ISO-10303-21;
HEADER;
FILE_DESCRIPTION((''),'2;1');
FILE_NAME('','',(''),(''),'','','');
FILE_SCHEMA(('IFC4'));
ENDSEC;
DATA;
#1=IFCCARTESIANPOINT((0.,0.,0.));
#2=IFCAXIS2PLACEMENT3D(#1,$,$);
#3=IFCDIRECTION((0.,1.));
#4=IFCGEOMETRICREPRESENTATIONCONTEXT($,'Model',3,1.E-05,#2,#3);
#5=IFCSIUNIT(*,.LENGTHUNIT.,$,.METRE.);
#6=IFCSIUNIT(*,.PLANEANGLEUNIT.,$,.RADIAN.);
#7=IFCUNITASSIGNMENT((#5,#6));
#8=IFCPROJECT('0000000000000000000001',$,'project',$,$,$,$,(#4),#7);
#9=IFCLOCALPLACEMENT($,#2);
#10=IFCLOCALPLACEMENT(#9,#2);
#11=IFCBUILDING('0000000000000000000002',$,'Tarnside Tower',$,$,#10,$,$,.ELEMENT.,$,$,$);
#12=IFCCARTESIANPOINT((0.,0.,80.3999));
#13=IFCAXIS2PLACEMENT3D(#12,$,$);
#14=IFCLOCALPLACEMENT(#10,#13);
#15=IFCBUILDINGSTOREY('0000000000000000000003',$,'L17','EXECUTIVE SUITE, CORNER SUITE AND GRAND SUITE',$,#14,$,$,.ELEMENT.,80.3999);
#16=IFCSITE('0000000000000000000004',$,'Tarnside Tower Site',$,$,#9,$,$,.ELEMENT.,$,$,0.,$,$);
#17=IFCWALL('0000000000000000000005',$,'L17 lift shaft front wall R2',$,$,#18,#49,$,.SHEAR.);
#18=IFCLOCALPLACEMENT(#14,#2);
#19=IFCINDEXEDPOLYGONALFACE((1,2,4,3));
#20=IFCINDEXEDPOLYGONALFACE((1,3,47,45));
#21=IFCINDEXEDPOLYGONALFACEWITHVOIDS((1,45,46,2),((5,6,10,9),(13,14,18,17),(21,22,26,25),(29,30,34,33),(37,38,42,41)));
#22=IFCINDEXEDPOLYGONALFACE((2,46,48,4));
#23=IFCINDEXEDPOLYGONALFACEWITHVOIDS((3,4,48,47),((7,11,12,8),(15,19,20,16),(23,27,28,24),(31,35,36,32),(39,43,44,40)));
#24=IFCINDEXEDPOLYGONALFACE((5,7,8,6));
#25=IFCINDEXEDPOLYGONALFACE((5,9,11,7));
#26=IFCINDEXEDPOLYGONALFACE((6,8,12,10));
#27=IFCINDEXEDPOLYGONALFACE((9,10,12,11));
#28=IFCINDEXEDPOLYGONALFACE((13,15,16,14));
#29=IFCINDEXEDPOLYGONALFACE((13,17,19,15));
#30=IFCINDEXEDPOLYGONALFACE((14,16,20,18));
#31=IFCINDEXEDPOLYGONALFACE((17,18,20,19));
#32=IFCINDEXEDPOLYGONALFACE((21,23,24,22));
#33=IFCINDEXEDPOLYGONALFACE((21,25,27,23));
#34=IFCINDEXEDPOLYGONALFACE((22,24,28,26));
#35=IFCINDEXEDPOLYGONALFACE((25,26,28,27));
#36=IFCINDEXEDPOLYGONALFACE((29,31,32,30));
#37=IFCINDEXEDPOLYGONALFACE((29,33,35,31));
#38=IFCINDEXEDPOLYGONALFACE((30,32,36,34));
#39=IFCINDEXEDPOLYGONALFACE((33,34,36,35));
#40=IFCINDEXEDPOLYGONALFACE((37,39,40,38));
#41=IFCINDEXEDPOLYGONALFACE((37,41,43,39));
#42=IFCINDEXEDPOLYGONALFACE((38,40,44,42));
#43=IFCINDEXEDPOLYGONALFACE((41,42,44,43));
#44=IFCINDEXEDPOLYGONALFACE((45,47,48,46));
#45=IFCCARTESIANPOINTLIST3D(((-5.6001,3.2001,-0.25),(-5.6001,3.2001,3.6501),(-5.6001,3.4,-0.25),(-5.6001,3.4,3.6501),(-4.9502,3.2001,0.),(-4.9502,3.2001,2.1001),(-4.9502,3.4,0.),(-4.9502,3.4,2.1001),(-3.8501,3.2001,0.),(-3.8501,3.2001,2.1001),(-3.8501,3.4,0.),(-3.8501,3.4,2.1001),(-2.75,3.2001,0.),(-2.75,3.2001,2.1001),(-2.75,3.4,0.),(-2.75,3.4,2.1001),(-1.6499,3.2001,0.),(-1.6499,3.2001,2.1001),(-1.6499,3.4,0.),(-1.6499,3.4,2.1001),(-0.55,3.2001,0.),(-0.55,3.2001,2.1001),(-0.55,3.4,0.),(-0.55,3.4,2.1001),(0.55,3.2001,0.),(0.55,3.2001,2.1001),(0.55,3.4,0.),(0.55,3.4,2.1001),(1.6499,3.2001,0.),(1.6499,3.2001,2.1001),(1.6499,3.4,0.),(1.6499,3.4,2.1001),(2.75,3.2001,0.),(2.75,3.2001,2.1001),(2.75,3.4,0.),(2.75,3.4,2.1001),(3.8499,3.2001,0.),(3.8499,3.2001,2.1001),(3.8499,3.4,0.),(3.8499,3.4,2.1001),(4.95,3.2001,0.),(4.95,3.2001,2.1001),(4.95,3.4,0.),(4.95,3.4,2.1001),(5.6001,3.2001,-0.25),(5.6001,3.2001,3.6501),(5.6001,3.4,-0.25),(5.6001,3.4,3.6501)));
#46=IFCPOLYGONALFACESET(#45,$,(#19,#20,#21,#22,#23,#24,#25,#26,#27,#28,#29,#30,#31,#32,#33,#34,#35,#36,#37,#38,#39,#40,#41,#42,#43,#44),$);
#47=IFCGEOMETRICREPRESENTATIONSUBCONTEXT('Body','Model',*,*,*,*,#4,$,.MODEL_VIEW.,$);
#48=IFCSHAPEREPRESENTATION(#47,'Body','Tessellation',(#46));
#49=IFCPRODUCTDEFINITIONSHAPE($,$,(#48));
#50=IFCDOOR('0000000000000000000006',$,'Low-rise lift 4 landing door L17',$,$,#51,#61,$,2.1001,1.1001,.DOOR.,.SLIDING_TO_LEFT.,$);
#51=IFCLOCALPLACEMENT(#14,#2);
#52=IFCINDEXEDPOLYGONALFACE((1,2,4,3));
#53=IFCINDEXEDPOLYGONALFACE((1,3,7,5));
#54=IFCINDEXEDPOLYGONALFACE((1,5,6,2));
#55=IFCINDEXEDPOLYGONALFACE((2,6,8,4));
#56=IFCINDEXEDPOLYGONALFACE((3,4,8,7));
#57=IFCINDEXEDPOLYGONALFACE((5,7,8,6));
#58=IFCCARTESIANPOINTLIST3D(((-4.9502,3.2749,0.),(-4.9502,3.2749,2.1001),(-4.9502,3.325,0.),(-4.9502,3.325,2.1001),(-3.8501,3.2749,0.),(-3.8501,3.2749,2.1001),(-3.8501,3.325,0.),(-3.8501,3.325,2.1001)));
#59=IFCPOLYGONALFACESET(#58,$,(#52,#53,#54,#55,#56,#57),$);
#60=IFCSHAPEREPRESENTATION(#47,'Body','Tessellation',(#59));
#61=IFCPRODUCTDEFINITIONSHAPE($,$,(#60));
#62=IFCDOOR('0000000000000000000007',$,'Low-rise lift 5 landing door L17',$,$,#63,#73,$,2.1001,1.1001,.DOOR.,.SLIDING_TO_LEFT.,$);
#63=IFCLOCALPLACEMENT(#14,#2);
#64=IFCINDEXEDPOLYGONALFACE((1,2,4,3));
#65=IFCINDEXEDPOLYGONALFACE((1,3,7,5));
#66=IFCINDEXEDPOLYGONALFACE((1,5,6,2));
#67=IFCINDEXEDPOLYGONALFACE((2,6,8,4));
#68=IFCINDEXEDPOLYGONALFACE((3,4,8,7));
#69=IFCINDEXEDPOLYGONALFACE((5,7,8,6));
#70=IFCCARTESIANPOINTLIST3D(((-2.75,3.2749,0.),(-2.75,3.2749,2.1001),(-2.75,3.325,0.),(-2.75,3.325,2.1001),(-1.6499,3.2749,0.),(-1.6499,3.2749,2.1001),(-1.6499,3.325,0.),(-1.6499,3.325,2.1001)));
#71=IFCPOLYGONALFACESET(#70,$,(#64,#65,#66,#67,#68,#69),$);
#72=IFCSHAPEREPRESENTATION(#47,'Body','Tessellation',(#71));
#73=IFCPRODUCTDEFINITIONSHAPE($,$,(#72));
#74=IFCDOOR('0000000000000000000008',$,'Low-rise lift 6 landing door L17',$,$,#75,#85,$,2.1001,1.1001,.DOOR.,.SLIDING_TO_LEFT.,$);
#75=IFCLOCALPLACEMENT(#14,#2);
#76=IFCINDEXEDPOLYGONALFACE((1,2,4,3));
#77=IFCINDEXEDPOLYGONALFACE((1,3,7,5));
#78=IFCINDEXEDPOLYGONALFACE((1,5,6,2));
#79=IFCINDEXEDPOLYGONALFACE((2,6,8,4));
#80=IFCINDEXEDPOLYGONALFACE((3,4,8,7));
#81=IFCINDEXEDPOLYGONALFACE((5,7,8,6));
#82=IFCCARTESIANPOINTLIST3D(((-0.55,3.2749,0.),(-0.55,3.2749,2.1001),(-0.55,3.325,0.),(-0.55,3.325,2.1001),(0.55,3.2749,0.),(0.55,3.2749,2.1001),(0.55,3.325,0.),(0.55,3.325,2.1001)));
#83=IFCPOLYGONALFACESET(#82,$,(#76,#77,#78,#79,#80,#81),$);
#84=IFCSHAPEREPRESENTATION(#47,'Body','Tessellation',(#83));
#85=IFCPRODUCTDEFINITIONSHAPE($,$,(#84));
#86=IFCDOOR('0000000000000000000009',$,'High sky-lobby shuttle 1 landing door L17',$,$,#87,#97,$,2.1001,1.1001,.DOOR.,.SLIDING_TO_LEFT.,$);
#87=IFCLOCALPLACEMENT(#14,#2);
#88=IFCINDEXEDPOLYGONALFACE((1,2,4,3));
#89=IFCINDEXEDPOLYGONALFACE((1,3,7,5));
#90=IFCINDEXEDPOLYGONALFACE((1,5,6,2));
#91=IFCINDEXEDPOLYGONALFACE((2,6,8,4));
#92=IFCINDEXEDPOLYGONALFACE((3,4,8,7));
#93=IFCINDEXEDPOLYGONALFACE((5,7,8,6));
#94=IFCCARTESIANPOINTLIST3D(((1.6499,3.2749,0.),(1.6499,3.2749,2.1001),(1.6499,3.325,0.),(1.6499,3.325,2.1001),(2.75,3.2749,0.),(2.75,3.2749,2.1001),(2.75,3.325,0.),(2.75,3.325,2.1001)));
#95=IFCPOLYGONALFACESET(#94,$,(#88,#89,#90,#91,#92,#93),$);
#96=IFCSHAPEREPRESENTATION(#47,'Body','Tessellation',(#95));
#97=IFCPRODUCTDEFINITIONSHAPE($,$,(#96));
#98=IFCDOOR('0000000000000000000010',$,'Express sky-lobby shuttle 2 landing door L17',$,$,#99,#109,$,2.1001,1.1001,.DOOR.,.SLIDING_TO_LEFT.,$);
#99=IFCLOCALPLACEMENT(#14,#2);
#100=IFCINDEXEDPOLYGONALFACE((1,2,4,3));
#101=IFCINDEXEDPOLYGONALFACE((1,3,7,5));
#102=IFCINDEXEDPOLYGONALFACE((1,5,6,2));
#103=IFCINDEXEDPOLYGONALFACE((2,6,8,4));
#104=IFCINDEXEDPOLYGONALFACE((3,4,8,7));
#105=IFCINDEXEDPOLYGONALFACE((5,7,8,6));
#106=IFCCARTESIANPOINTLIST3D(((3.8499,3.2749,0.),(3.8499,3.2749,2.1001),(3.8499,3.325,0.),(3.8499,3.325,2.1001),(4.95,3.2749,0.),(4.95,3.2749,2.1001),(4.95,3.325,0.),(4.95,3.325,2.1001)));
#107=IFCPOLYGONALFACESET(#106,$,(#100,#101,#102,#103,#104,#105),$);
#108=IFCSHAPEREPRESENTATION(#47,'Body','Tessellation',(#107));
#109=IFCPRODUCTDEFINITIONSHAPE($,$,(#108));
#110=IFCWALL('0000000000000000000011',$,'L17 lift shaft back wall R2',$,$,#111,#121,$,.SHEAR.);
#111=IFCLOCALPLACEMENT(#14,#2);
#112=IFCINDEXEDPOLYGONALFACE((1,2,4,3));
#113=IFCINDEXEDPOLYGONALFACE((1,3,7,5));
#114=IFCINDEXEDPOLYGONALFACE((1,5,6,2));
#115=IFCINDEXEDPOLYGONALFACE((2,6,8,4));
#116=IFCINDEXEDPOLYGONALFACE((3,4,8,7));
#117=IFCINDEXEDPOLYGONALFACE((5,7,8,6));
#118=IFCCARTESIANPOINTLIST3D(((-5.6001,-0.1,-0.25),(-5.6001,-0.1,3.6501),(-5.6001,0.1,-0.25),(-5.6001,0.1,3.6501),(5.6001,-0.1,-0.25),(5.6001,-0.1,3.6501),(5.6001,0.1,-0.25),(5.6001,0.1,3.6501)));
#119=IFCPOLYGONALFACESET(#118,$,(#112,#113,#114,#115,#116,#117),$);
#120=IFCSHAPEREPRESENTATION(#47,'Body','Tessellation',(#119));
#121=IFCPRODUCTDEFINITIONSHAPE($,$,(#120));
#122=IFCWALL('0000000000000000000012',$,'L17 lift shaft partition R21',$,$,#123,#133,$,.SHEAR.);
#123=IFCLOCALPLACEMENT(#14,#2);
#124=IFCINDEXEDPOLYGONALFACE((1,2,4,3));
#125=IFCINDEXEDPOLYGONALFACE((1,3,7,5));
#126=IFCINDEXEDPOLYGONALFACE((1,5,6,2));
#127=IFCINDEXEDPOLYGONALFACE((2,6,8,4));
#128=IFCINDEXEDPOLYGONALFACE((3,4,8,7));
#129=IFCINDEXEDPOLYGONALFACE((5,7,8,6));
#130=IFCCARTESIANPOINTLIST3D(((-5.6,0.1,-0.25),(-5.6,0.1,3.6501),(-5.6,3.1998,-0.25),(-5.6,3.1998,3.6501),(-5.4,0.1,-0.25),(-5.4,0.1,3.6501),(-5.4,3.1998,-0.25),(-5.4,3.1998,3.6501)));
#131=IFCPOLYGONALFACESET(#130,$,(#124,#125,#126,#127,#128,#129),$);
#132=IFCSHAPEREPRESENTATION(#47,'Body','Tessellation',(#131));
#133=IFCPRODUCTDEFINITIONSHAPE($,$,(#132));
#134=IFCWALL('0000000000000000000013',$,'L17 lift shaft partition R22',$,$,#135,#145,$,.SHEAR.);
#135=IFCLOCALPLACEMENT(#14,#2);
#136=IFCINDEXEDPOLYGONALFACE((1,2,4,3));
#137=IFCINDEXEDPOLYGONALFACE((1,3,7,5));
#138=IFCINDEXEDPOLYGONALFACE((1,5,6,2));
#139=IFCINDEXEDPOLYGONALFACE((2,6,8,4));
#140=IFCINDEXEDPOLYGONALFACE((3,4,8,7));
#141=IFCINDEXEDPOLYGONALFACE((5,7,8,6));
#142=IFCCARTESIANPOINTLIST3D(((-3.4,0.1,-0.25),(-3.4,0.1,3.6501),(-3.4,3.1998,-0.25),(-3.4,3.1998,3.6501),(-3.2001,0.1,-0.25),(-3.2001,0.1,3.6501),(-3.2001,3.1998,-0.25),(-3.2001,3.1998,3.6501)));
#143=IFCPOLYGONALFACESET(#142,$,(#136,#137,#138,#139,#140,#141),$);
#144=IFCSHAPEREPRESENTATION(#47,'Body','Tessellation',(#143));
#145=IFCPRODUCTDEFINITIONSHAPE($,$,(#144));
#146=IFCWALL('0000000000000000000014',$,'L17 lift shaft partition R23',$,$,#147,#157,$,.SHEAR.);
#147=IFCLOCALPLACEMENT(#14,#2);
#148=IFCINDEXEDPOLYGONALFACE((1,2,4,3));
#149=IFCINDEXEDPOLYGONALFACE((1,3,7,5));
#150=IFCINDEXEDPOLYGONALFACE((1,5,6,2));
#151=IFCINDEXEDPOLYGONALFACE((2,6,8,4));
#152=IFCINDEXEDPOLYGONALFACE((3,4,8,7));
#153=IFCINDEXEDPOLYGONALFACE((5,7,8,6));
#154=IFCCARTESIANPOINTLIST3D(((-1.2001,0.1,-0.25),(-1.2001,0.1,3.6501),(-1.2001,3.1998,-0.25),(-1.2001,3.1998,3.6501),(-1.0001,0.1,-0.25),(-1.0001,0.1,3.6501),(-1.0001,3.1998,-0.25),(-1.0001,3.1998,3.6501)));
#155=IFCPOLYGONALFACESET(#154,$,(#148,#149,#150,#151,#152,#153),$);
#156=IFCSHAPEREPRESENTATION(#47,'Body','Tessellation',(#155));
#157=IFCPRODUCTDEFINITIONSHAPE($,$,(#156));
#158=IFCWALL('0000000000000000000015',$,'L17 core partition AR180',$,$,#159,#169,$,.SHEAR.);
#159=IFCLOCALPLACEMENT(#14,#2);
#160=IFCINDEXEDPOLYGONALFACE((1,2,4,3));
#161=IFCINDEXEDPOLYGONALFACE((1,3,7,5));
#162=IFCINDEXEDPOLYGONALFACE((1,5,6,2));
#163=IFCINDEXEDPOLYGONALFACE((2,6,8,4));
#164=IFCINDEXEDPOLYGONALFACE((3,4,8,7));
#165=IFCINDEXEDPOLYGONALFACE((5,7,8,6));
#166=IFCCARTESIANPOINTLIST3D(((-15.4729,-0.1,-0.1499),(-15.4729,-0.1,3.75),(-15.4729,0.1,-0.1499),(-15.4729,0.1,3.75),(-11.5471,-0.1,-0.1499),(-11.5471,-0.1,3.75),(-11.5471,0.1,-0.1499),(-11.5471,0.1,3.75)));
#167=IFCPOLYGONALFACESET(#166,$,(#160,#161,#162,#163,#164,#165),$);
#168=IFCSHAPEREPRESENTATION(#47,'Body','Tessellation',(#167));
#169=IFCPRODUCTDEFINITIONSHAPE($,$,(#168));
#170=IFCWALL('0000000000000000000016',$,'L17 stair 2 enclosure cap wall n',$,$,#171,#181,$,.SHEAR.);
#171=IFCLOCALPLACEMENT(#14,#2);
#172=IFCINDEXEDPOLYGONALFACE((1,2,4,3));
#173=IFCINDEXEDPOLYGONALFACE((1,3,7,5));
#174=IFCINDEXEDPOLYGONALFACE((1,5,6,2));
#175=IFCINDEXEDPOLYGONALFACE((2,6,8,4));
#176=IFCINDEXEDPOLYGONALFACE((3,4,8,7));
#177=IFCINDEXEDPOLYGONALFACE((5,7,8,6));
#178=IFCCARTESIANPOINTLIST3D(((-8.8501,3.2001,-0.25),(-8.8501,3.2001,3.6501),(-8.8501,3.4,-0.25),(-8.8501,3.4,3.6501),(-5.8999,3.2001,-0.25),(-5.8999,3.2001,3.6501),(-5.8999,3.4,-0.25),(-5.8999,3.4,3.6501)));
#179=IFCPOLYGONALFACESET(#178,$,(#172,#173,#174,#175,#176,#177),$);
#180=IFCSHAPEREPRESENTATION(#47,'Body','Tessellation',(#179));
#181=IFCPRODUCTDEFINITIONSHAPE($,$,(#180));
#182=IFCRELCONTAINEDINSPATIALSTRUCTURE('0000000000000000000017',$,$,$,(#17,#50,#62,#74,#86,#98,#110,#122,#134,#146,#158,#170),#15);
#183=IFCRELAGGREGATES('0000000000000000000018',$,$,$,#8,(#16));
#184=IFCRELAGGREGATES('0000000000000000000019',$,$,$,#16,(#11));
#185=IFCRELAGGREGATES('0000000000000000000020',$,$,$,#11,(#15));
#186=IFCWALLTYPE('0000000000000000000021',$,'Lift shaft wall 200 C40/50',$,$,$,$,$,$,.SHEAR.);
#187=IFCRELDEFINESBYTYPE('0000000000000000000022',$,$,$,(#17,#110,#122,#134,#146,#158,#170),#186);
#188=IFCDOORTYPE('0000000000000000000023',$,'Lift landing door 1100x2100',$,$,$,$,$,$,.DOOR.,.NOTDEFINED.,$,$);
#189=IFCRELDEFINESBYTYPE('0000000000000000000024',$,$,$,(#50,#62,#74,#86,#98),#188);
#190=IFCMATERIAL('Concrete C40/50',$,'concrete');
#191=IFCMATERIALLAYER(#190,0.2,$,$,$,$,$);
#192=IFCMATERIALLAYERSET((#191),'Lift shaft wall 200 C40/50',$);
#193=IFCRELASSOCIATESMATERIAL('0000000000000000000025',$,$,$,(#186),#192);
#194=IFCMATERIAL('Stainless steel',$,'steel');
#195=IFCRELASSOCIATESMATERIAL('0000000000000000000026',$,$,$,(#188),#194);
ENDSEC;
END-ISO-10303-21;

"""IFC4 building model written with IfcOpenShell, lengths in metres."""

from ifc_helpers import new_model, si_unit, direction, frame, frame_2d, origin, place, context, subcontext, project, spatial, rectangle, extrude, material, layer, layer_set, type_object, element, fill, save


model = new_model("IFC4")

# Units and contexts
model_context = context("Model", 3, precision=1e-05, world=origin(), true_north=direction((0.0, 1.0)))
body_context = subcontext(model_context, "Body", "Model", "MODEL_VIEW")
ifc_project = project(units=[si_unit("LENGTHUNIT", "METRE"), si_unit("PLANEANGLEUNIT", "RADIAN")], contexts=[model_context])

# Site, building, storey
site_placement = place(None, origin())
site = spatial("IfcSite", under=ifc_project, at=site_placement, Name="Tarnside Tower Site", CompositionType="ELEMENT", RefElevation=0.0)
building_placement = place(site_placement, origin())
building = spatial("IfcBuilding", under=site, at=building_placement, Name="Tarnside Tower", CompositionType="ELEMENT")
storey_placement = place(building_placement, frame((0.0, 0.0, 80.3999)))
storey = spatial("IfcBuildingStorey", under=building, at=storey_placement, Name="L17", Description="EXECUTIVE SUITE, CORNER SUITE AND GRAND SUITE", CompositionType="ELEMENT", Elevation=80.3999)

# Wall, openings, doors
ifc_material_1 = material(Name="Concrete C40/50", Category="concrete")
ifc_layer_1 = layer(ifc_material_1, 0.2)
ifc_layer_set_1 = layer_set([ifc_layer_1], Name="Lift shaft wall 200 C40/50")
wall_type_1 = type_object("IfcWallType", Name="Lift shaft wall 200 C40/50", PredefinedType="SHEAR", material=ifc_layer_set_1)
ifc_material_2 = material(Name="Stainless steel", Category="steel")
door_type_1 = type_object("IfcDoorType", Name="Lift landing door 1100x2100", OperationType="NOTDEFINED", PredefinedType="DOOR", material=ifc_material_2)
wall_1_placement = place(storey_placement, frame((-5.6001, 3.3, -0.25), z_axis=(0.0, 0.0, 1.0), x_axis=(1.0, 0.0, 0.0)))
wall_1 = element("IfcWall", 1, at=wall_1_placement, inside=storey, type_object=wall_type_1, Name="L17 lift shaft front wall R2", PredefinedType="SHEAR", context=body_context, shape_type="SweptSolid", body=[
    extrude(rectangle(XDim=11.2002, YDim=0.2, at=frame_2d((5.6001, 0.0))), origin(), (0.0, 0.0, 1.0), 3.9001),
])
opening_1_placement = place(wall_1_placement, frame((0.6499, 0.0, 0.25)))
opening_1 = element("IfcOpeningElement", 2, at=opening_1_placement, cuts=wall_1, PredefinedType="OPENING", context=body_context, shape_type="SweptSolid", body=[
    extrude(rectangle(XDim=1.1001, YDim=2.1001, at=frame_2d((0.55, 1.05))), frame((0.0, 0.1099, 0.0), z_axis=(0.0, -1.0, 0.0), x_axis=(1.0, 0.0, 0.0)), (0.0, 0.0, 1.0), 0.22),
])
opening_2_placement = place(wall_1_placement, frame((2.8501, 0.0, 0.25)))
opening_2 = element("IfcOpeningElement", 3, at=opening_2_placement, cuts=wall_1, PredefinedType="OPENING", context=body_context, shape_type="SweptSolid", body=[
    extrude(rectangle(XDim=1.1001, YDim=2.1001, at=frame_2d((0.55, 1.05))), frame((0.0, 0.1099, 0.0), z_axis=(0.0, -1.0, 0.0), x_axis=(1.0, 0.0, 0.0)), (0.0, 0.0, 1.0), 0.22),
])
opening_3_placement = place(wall_1_placement, frame((5.05, 0.0, 0.25)))
opening_3 = element("IfcOpeningElement", 4, at=opening_3_placement, cuts=wall_1, PredefinedType="OPENING", context=body_context, shape_type="SweptSolid", body=[
    extrude(rectangle(XDim=1.1001, YDim=2.1001, at=frame_2d((0.55, 1.05))), frame((0.0, 0.1099, 0.0), z_axis=(0.0, -1.0, 0.0), x_axis=(1.0, 0.0, 0.0)), (0.0, 0.0, 1.0), 0.22),
])
opening_4_placement = place(wall_1_placement, frame((7.25, 0.0, 0.25)))
opening_4 = element("IfcOpeningElement", 5, at=opening_4_placement, cuts=wall_1, PredefinedType="OPENING", context=body_context, shape_type="SweptSolid", body=[
    extrude(rectangle(XDim=1.1001, YDim=2.1001, at=frame_2d((0.55, 1.05))), frame((0.0, 0.1099, 0.0), z_axis=(0.0, -1.0, 0.0), x_axis=(1.0, 0.0, 0.0)), (0.0, 0.0, 1.0), 0.22),
])
opening_5_placement = place(wall_1_placement, frame((9.45, 0.0, 0.25)))
opening_5 = element("IfcOpeningElement", 6, at=opening_5_placement, cuts=wall_1, PredefinedType="OPENING", context=body_context, shape_type="SweptSolid", body=[
    extrude(rectangle(XDim=1.1001, YDim=2.1001, at=frame_2d((0.55, 1.05))), frame((0.0, 0.1099, 0.0), z_axis=(0.0, -1.0, 0.0), x_axis=(1.0, 0.0, 0.0)), (0.0, 0.0, 1.0), 0.22),
])
door_1_placement = place(opening_1_placement, origin())
door_1 = element("IfcDoor", 7, at=door_1_placement, inside=storey, type_object=door_type_1, Name="Low-rise lift 4 landing door L17", OperationType="SLIDING_TO_LEFT", OverallHeight=2.1001, OverallWidth=1.1001, PredefinedType="DOOR", context=body_context, shape_type="SweptSolid", body=[
    extrude(rectangle(XDim=1.1001, YDim=2.1001, at=frame_2d((0.55, 1.05))), frame((0.0, 0.0249, 0.0), z_axis=(0.0, -1.0, 0.0), x_axis=(1.0, 0.0, 0.0)), (0.0, 0.0, 1.0), 0.05),
])
fill(opening_1, door_1)
door_2_placement = place(opening_2_placement, origin())
door_2 = element("IfcDoor", 8, at=door_2_placement, inside=storey, type_object=door_type_1, Name="Low-rise lift 5 landing door L17", OperationType="SLIDING_TO_LEFT", OverallHeight=2.1001, OverallWidth=1.1001, PredefinedType="DOOR", context=body_context, shape_type="SweptSolid", body=[
    extrude(rectangle(XDim=1.1001, YDim=2.1001, at=frame_2d((0.55, 1.05))), frame((0.0, 0.0249, 0.0), z_axis=(0.0, -1.0, 0.0), x_axis=(1.0, 0.0, 0.0)), (0.0, 0.0, 1.0), 0.05),
])
fill(opening_2, door_2)
door_3_placement = place(opening_3_placement, origin())
door_3 = element("IfcDoor", 9, at=door_3_placement, inside=storey, type_object=door_type_1, Name="Low-rise lift 6 landing door L17", OperationType="SLIDING_TO_LEFT", OverallHeight=2.1001, OverallWidth=1.1001, PredefinedType="DOOR", context=body_context, shape_type="SweptSolid", body=[
    extrude(rectangle(XDim=1.1001, YDim=2.1001, at=frame_2d((0.55, 1.05))), frame((0.0, 0.0249, 0.0), z_axis=(0.0, -1.0, 0.0), x_axis=(1.0, 0.0, 0.0)), (0.0, 0.0, 1.0), 0.05),
])
fill(opening_3, door_3)
door_4_placement = place(opening_4_placement, origin())
door_4 = element("IfcDoor", 10, at=door_4_placement, inside=storey, type_object=door_type_1, Name="High sky-lobby shuttle 1 landing door L17", OperationType="SLIDING_TO_LEFT", OverallHeight=2.1001, OverallWidth=1.1001, PredefinedType="DOOR", context=body_context, shape_type="SweptSolid", body=[
    extrude(rectangle(XDim=1.1001, YDim=2.1001, at=frame_2d((0.55, 1.05))), frame((0.0, 0.0249, 0.0), z_axis=(0.0, -1.0, 0.0), x_axis=(1.0, 0.0, 0.0)), (0.0, 0.0, 1.0), 0.05),
])
fill(opening_4, door_4)
door_5_placement = place(opening_5_placement, origin())
door_5 = element("IfcDoor", 11, at=door_5_placement, inside=storey, type_object=door_type_1, Name="Express sky-lobby shuttle 2 landing door L17", OperationType="SLIDING_TO_LEFT", OverallHeight=2.1001, OverallWidth=1.1001, PredefinedType="DOOR", context=body_context, shape_type="SweptSolid", body=[
    extrude(rectangle(XDim=1.1001, YDim=2.1001, at=frame_2d((0.55, 1.05))), frame((0.0, 0.0249, 0.0), z_axis=(0.0, -1.0, 0.0), x_axis=(1.0, 0.0, 0.0)), (0.0, 0.0, 1.0), 0.05),
])
fill(opening_5, door_5)

# Walls
wall_2_placement = place(storey_placement, frame((-5.6001, 0.0, -0.25), z_axis=(0.0, 0.0, 1.0), x_axis=(1.0, 0.0, 0.0)))
element("IfcWall", 12, at=wall_2_placement, inside=storey, type_object=wall_type_1, Name="L17 lift shaft back wall R2", PredefinedType="SHEAR", context=body_context, shape_type="SweptSolid", body=[
    extrude(rectangle(XDim=11.2002, YDim=0.2, at=frame_2d((5.6001, 0.0))), origin(), (0.0, 0.0, 1.0), 3.9001),
])
for number, where, z_axis, x_axis, name in (
    (13, (-5.5, 0.1001, -0.25), (0.0, 0.0, 1.0), (0.0, 1.0, 0.0), "L17 lift shaft partition R21"),
    (14, (-3.3, 0.1001, -0.25), (0.0, 0.0, 1.0), (0.0, 1.0, 0.0), "L17 lift shaft partition R22"),
    (15, (-1.1001, 0.1001, -0.25), (0.0, 0.0, 1.0), (0.0, 1.0, 0.0), "L17 lift shaft partition R23"),
):
    element("IfcWall", number, at=place(storey_placement, frame(where, z_axis=z_axis, x_axis=x_axis)), inside=storey, type_object=wall_type_1, Name=name, PredefinedType="SHEAR", context=body_context, shape_type="SweptSolid", body=[
        extrude(rectangle(XDim=3.0999, YDim=0.2, at=frame_2d((1.5498, 0.0))), origin(), (0.0, 0.0, 1.0), 3.9001),
    ])
wall_3_placement = place(storey_placement, frame((-11.5471, 0.0, -0.1499), z_axis=(0.0, 0.0, 1.0), x_axis=(-1.0, 0.0, 0.0)))
element("IfcWall", 16, at=wall_3_placement, inside=storey, type_object=wall_type_1, Name="L17 core partition AR180", PredefinedType="SHEAR", context=body_context, shape_type="SweptSolid", body=[
    extrude(rectangle(XDim=3.9258, YDim=0.2, at=frame_2d((1.9629, 0.0))), origin(), (0.0, 0.0, 1.0), 3.8999),
])
wall_4_placement = place(storey_placement, frame((-8.8501, 3.3, -0.25), z_axis=(0.0, 0.0, 1.0), x_axis=(1.0, 0.0, 0.0)))
element("IfcWall", 17, at=wall_4_placement, inside=storey, type_object=wall_type_1, Name="L17 stair 2 enclosure cap wall n", PredefinedType="SHEAR", context=body_context, shape_type="SweptSolid", body=[
    extrude(rectangle(XDim=2.9502, YDim=0.2, at=frame_2d((1.4751, 0.0))), origin(), (0.0, 0.0, 1.0), 3.9001),
])

save(model, "model.ifc")
